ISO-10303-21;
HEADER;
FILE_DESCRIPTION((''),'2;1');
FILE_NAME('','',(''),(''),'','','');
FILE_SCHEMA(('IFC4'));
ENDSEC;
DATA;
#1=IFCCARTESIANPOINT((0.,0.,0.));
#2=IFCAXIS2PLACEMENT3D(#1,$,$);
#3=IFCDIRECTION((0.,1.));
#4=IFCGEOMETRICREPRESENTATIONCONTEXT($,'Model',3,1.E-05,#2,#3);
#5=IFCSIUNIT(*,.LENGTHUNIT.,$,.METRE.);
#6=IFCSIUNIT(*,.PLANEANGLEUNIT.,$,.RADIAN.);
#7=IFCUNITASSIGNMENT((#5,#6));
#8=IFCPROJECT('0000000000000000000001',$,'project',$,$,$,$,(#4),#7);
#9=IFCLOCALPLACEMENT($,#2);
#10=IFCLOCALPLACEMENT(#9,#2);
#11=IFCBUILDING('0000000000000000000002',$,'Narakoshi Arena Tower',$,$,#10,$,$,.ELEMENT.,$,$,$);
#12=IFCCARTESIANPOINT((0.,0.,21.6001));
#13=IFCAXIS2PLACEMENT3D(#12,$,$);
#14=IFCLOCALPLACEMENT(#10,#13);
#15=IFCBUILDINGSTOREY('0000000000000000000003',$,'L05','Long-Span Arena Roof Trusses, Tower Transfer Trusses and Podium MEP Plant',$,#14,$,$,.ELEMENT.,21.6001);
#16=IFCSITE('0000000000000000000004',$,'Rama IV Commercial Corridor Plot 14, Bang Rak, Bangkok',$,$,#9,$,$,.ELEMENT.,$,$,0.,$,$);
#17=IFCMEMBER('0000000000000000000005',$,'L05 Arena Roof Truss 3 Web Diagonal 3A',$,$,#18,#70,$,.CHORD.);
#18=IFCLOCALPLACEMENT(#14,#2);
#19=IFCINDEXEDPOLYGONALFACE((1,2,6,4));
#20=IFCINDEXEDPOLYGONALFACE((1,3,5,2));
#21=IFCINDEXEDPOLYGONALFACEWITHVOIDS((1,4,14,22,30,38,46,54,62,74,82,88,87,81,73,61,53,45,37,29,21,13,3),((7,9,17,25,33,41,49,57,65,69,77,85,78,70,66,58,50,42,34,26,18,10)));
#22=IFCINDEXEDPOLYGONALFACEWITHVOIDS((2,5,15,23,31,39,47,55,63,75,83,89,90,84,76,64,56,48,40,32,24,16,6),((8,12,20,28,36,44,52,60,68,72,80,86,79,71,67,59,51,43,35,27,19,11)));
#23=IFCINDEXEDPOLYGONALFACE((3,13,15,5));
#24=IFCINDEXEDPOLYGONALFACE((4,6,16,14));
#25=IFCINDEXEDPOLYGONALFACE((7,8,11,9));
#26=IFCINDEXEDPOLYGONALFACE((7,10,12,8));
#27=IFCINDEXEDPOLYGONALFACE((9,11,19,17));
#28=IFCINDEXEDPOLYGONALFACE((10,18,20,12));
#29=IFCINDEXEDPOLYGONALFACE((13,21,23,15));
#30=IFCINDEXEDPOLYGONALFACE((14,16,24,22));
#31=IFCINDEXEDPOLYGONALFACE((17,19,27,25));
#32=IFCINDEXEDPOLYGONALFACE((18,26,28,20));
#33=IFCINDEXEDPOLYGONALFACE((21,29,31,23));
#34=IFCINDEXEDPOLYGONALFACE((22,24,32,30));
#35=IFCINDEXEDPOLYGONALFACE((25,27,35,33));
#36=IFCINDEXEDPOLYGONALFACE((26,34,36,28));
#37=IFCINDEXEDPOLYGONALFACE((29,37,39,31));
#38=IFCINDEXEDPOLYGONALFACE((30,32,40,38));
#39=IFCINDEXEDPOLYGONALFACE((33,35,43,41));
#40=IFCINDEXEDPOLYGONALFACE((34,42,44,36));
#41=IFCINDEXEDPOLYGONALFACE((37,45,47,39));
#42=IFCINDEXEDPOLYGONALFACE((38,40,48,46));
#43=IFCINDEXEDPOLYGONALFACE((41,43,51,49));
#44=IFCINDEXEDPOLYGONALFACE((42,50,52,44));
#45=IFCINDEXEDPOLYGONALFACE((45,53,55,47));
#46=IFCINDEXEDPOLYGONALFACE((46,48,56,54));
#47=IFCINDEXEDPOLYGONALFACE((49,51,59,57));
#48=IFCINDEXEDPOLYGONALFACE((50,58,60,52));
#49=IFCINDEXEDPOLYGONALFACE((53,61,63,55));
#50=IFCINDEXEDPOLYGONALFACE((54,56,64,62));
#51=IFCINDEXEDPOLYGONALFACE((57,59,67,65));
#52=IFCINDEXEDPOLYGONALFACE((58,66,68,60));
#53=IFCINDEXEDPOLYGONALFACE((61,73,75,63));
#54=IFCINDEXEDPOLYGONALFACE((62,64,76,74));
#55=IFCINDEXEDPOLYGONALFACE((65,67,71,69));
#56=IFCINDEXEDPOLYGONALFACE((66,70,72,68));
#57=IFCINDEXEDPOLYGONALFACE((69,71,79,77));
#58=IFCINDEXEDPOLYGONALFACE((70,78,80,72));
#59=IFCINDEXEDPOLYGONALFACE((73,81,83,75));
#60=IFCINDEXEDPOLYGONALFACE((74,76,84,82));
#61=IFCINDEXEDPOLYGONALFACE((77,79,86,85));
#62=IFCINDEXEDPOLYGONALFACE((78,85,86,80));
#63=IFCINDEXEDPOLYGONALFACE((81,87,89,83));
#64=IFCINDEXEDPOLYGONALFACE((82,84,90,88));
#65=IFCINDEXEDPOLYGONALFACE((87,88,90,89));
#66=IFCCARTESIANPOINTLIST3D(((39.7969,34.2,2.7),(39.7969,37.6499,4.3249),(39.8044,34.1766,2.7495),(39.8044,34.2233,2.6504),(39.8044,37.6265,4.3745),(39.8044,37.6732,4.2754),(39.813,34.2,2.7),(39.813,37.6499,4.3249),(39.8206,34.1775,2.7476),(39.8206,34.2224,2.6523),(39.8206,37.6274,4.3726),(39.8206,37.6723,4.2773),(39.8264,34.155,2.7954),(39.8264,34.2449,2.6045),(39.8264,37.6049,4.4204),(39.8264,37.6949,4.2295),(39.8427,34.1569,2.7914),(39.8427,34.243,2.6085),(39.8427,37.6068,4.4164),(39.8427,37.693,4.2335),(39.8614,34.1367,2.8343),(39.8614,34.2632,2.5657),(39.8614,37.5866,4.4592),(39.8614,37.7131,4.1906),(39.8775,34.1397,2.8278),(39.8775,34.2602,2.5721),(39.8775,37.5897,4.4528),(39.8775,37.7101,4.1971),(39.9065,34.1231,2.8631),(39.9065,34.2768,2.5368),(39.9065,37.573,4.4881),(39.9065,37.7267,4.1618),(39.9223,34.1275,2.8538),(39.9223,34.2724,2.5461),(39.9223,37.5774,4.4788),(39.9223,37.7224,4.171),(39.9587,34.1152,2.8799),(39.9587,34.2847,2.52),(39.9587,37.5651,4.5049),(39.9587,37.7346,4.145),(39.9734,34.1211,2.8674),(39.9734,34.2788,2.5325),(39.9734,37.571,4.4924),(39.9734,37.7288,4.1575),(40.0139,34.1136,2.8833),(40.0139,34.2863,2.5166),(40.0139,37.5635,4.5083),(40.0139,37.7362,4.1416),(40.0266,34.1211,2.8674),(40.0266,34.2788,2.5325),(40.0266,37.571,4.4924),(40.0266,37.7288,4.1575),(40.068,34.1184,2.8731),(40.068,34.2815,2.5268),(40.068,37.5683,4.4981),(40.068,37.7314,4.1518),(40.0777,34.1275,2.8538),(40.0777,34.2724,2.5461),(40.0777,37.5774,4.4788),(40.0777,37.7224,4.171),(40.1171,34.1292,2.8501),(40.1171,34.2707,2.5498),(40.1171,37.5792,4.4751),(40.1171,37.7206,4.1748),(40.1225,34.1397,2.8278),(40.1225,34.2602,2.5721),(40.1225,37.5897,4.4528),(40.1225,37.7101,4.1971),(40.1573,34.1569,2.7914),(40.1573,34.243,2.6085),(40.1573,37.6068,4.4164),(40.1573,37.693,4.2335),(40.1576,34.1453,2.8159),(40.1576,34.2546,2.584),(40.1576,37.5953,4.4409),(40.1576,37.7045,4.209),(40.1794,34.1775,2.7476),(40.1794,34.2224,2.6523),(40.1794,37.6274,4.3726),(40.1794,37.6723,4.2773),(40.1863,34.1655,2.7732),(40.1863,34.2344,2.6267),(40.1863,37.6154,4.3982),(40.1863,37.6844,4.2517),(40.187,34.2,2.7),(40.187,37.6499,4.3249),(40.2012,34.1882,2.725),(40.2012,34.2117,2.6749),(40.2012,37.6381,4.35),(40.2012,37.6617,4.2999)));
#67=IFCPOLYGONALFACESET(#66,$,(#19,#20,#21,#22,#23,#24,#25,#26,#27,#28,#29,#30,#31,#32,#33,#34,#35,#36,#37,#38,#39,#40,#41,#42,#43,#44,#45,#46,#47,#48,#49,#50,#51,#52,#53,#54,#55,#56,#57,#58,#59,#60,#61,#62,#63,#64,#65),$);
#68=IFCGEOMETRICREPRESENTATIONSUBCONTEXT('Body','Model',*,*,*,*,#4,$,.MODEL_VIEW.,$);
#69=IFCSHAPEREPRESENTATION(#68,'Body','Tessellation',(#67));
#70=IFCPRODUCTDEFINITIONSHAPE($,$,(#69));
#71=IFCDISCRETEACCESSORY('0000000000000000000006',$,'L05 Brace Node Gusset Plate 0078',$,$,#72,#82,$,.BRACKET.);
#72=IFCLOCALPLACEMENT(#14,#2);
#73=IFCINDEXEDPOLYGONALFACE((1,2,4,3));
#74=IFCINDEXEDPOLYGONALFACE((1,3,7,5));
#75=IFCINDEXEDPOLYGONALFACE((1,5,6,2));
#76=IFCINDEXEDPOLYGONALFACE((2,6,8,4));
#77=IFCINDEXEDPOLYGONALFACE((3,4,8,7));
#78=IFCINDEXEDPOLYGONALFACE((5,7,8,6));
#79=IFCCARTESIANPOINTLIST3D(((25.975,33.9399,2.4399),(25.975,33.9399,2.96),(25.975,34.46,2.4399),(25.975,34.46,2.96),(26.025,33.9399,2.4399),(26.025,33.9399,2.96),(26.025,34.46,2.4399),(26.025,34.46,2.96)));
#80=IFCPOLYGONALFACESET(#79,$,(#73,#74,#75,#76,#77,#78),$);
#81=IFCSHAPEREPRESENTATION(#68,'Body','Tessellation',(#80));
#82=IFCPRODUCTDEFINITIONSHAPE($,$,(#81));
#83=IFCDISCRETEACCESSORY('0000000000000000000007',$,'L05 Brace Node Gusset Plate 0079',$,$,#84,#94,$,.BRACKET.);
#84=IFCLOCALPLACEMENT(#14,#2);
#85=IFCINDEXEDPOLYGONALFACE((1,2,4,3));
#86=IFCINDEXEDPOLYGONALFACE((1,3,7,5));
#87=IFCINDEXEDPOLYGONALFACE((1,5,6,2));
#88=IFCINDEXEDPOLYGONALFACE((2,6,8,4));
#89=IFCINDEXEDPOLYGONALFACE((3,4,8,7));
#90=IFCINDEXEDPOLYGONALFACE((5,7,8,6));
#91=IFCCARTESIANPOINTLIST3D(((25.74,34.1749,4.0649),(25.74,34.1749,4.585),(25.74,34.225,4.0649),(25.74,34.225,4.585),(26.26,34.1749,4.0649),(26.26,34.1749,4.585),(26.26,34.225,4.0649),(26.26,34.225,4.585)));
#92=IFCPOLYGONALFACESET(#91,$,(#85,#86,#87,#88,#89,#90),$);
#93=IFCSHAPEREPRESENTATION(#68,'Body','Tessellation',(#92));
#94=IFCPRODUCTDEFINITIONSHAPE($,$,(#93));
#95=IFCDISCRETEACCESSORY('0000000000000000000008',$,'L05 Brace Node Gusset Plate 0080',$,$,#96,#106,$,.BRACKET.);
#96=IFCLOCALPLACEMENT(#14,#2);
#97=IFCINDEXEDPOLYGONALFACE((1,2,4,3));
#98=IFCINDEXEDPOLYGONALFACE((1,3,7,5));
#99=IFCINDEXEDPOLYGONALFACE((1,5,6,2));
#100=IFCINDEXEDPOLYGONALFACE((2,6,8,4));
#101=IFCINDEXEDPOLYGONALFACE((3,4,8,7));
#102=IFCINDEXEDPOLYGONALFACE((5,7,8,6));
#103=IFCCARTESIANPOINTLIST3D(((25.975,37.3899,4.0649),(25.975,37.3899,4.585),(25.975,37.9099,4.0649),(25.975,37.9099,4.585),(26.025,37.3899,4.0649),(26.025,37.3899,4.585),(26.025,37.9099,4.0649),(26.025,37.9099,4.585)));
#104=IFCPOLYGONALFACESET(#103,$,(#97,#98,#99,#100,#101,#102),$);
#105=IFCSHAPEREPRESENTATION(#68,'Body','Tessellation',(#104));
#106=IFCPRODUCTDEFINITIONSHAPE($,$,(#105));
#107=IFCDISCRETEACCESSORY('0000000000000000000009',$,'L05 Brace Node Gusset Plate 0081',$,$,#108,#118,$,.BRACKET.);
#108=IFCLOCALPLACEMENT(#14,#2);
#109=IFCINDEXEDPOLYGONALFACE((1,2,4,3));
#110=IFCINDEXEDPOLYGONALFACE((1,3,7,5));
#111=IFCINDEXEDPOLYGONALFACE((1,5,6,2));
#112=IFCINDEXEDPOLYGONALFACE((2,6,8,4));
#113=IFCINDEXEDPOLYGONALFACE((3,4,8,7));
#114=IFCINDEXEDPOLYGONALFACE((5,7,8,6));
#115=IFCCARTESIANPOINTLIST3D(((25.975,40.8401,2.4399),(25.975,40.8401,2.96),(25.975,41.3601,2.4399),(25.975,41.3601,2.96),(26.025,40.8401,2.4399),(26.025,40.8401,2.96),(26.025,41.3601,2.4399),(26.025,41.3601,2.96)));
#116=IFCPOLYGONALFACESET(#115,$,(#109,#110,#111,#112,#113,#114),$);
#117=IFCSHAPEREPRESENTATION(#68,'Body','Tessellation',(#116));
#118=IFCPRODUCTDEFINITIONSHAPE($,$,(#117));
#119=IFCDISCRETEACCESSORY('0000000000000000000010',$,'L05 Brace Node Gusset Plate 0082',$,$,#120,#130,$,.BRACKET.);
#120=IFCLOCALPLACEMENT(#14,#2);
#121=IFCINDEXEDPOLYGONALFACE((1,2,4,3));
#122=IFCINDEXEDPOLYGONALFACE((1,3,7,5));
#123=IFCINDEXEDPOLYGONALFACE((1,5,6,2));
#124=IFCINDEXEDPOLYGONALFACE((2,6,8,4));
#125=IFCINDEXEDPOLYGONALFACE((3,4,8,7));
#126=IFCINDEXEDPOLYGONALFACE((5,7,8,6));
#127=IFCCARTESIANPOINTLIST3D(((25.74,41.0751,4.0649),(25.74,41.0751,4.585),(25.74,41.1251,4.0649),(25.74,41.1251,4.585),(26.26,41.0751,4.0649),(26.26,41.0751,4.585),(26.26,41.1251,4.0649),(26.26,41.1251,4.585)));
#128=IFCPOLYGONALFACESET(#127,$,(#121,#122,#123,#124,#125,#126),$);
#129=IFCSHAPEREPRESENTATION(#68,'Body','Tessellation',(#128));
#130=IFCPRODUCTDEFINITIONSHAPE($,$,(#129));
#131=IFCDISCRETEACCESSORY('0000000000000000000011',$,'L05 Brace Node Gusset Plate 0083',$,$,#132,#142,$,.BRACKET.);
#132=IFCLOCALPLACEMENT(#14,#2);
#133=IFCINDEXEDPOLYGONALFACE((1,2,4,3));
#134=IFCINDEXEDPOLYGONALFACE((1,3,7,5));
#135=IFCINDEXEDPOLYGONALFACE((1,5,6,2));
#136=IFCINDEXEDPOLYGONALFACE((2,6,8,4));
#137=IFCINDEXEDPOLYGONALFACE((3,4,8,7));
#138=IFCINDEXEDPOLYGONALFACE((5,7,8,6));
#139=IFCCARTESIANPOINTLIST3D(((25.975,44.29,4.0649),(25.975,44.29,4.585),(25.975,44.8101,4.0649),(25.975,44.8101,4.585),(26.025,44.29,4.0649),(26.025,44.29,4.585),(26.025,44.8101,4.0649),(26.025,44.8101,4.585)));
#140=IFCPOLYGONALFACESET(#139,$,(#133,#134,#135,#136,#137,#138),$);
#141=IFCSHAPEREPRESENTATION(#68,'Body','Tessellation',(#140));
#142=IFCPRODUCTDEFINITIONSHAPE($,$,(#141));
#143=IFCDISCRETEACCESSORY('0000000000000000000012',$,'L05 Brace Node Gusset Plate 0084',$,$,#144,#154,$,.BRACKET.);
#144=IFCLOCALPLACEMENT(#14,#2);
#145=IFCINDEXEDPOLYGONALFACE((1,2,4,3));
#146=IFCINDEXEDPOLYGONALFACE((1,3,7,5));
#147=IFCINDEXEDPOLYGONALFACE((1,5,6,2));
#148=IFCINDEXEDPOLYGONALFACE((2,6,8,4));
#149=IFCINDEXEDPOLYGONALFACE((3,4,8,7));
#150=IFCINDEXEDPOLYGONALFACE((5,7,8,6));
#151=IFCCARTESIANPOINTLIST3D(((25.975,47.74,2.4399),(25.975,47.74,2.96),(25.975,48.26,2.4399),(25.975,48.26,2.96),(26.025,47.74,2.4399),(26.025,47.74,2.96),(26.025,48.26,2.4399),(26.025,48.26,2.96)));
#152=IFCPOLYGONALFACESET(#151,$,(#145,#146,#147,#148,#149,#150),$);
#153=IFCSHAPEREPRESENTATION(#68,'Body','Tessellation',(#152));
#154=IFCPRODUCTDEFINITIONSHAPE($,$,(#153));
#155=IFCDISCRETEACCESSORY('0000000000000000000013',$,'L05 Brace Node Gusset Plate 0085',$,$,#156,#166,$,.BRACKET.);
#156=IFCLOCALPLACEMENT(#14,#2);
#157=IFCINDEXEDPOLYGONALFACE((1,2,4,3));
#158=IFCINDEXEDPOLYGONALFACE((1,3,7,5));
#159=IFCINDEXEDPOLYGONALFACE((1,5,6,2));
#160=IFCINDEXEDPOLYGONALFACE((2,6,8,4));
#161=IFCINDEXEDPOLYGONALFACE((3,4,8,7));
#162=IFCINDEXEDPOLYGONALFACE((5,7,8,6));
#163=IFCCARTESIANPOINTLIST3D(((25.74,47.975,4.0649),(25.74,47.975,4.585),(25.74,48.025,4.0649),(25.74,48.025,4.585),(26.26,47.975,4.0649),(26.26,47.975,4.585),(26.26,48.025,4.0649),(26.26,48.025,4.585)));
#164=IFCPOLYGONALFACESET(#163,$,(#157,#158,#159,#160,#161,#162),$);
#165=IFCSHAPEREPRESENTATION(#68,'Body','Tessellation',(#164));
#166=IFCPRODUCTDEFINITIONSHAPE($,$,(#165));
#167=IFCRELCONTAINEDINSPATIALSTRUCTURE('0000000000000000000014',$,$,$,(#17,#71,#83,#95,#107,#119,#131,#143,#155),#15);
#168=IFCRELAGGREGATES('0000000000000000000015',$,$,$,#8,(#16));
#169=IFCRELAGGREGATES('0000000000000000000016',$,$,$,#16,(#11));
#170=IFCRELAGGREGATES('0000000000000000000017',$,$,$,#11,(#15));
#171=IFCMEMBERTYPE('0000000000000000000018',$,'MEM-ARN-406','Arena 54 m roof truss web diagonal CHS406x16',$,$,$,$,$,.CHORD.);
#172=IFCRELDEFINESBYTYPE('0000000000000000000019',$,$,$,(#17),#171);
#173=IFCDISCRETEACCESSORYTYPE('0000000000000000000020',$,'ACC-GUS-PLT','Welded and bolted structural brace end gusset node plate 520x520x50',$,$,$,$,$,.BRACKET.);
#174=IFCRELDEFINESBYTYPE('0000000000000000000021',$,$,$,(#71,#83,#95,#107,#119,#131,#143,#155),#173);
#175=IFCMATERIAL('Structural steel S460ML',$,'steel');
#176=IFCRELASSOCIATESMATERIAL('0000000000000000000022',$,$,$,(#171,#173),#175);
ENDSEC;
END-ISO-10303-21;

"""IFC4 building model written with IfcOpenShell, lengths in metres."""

from ifc_helpers import new_model, si_unit, direction, frame, origin, origin_2d, place, context, subcontext, project, spatial, rectangle, hollow_circle, extrude, material, material_profile, profile_set, type_object, element, save


model = new_model("IFC4")

# Units and contexts
model_context = context("Model", 3, precision=1e-05, world=origin(), true_north=direction((0.0, 1.0)))
body_context = subcontext(model_context, "Body", "Model", "MODEL_VIEW")
ifc_project = project(units=[si_unit("LENGTHUNIT", "METRE"), si_unit("PLANEANGLEUNIT", "RADIAN")], contexts=[model_context])

# Site, building, storey
site_placement = place(None, origin())
site = spatial("IfcSite", under=ifc_project, at=site_placement, Name="Rama IV Commercial Corridor Plot 14, Bang Rak, Bangkok", CompositionType="ELEMENT", RefElevation=0.0)
building_placement = place(site_placement, origin())
building = spatial("IfcBuilding", under=site, at=building_placement, Name="Narakoshi Arena Tower", CompositionType="ELEMENT")
storey_placement = place(building_placement, frame((0.0, 0.0, 21.6001)))
storey = spatial("IfcBuildingStorey", under=building, at=storey_placement, Name="L05", Description="Long-Span Arena Roof Trusses, Tower Transfer Trusses and Podium MEP Plant", CompositionType="ELEMENT", Elevation=21.6001)

# Member
ifc_material_1 = material(Name="Structural steel S460ML", Category="steel")
ifc_material_profile_1 = material_profile(ifc_material_1, hollow_circle(Radius=0.2031, WallThickness=0.0161, at=origin_2d()), Name="CHS406x16")
ifc_profile_set_1 = profile_set([ifc_material_profile_1], Name="Structural steel S460ML")
member_type = type_object("IfcMemberType", Name="MEM-ARN-406", Description="Arena 54 m roof truss web diagonal CHS406x16", PredefinedType="CHORD", material=ifc_profile_set_1)
member_1_placement = place(storey_placement, frame((40.0, 34.2, 2.7), z_axis=(0.0, 0.904668, 0.426118), x_axis=(-1.0, 0.0, 0.0)))
element("IfcMember", 1, at=member_1_placement, inside=storey, type_object=member_type, Name="L05 Arena Roof Truss 3 Web Diagonal 3A", PredefinedType="CHORD", context=body_context, shape_type="SweptSolid", body=[
    extrude(hollow_circle(Radius=0.2031, WallThickness=0.0161, at=origin_2d()), origin(), (0.0, 0.0, 1.0), 3.8135),
])

# Discrete accessories
discrete_accessory_type = type_object("IfcDiscreteAccessoryType", Name="ACC-GUS-PLT", Description="Welded and bolted structural brace end gusset node plate 520x520x50", PredefinedType="BRACKET", material=ifc_material_1)
for number, where, z_axis, x_axis, name in (
    (2, (26.0, 34.2, 2.4399), (0.0, 0.0, 1.0), (0.0, 1.0, 0.0), "L05 Brace Node Gusset Plate 0078"),
    (3, (26.0, 34.2, 4.0649), (0.0, 0.0, 1.0), (1.0, 0.0, 0.0), "L05 Brace Node Gusset Plate 0079"),
    (4, (26.0, 37.6499, 4.0649), (0.0, 0.0, 1.0), (0.0, 1.0, 0.0), "L05 Brace Node Gusset Plate 0080"),
    (5, (26.0, 41.1001, 2.4399), (0.0, 0.0, 1.0), (0.0, 1.0, 0.0), "L05 Brace Node Gusset Plate 0081"),
    (6, (26.0, 41.1001, 4.0649), (0.0, 0.0, 1.0), (1.0, 0.0, 0.0), "L05 Brace Node Gusset Plate 0082"),
    (7, (26.0, 44.55, 4.0649), (0.0, 0.0, 1.0), (0.0, 1.0, 0.0), "L05 Brace Node Gusset Plate 0083"),
    (8, (26.0, 48.0, 2.4399), (0.0, 0.0, 1.0), (0.0, 1.0, 0.0), "L05 Brace Node Gusset Plate 0084"),
    (9, (26.0, 48.0, 4.0649), (0.0, 0.0, 1.0), (1.0, 0.0, 0.0), "L05 Brace Node Gusset Plate 0085"),
):
    element("IfcDiscreteAccessory", number, at=place(storey_placement, frame(where, z_axis=z_axis, x_axis=x_axis)), inside=storey, type_object=discrete_accessory_type, Name=name, PredefinedType="BRACKET", context=body_context, shape_type="SweptSolid", body=[
        extrude(rectangle(XDim=0.52, YDim=0.05, at=origin_2d()), origin(), (0.0, 0.0, 1.0), 0.52),
    ])

save(model, "model.ifc")
